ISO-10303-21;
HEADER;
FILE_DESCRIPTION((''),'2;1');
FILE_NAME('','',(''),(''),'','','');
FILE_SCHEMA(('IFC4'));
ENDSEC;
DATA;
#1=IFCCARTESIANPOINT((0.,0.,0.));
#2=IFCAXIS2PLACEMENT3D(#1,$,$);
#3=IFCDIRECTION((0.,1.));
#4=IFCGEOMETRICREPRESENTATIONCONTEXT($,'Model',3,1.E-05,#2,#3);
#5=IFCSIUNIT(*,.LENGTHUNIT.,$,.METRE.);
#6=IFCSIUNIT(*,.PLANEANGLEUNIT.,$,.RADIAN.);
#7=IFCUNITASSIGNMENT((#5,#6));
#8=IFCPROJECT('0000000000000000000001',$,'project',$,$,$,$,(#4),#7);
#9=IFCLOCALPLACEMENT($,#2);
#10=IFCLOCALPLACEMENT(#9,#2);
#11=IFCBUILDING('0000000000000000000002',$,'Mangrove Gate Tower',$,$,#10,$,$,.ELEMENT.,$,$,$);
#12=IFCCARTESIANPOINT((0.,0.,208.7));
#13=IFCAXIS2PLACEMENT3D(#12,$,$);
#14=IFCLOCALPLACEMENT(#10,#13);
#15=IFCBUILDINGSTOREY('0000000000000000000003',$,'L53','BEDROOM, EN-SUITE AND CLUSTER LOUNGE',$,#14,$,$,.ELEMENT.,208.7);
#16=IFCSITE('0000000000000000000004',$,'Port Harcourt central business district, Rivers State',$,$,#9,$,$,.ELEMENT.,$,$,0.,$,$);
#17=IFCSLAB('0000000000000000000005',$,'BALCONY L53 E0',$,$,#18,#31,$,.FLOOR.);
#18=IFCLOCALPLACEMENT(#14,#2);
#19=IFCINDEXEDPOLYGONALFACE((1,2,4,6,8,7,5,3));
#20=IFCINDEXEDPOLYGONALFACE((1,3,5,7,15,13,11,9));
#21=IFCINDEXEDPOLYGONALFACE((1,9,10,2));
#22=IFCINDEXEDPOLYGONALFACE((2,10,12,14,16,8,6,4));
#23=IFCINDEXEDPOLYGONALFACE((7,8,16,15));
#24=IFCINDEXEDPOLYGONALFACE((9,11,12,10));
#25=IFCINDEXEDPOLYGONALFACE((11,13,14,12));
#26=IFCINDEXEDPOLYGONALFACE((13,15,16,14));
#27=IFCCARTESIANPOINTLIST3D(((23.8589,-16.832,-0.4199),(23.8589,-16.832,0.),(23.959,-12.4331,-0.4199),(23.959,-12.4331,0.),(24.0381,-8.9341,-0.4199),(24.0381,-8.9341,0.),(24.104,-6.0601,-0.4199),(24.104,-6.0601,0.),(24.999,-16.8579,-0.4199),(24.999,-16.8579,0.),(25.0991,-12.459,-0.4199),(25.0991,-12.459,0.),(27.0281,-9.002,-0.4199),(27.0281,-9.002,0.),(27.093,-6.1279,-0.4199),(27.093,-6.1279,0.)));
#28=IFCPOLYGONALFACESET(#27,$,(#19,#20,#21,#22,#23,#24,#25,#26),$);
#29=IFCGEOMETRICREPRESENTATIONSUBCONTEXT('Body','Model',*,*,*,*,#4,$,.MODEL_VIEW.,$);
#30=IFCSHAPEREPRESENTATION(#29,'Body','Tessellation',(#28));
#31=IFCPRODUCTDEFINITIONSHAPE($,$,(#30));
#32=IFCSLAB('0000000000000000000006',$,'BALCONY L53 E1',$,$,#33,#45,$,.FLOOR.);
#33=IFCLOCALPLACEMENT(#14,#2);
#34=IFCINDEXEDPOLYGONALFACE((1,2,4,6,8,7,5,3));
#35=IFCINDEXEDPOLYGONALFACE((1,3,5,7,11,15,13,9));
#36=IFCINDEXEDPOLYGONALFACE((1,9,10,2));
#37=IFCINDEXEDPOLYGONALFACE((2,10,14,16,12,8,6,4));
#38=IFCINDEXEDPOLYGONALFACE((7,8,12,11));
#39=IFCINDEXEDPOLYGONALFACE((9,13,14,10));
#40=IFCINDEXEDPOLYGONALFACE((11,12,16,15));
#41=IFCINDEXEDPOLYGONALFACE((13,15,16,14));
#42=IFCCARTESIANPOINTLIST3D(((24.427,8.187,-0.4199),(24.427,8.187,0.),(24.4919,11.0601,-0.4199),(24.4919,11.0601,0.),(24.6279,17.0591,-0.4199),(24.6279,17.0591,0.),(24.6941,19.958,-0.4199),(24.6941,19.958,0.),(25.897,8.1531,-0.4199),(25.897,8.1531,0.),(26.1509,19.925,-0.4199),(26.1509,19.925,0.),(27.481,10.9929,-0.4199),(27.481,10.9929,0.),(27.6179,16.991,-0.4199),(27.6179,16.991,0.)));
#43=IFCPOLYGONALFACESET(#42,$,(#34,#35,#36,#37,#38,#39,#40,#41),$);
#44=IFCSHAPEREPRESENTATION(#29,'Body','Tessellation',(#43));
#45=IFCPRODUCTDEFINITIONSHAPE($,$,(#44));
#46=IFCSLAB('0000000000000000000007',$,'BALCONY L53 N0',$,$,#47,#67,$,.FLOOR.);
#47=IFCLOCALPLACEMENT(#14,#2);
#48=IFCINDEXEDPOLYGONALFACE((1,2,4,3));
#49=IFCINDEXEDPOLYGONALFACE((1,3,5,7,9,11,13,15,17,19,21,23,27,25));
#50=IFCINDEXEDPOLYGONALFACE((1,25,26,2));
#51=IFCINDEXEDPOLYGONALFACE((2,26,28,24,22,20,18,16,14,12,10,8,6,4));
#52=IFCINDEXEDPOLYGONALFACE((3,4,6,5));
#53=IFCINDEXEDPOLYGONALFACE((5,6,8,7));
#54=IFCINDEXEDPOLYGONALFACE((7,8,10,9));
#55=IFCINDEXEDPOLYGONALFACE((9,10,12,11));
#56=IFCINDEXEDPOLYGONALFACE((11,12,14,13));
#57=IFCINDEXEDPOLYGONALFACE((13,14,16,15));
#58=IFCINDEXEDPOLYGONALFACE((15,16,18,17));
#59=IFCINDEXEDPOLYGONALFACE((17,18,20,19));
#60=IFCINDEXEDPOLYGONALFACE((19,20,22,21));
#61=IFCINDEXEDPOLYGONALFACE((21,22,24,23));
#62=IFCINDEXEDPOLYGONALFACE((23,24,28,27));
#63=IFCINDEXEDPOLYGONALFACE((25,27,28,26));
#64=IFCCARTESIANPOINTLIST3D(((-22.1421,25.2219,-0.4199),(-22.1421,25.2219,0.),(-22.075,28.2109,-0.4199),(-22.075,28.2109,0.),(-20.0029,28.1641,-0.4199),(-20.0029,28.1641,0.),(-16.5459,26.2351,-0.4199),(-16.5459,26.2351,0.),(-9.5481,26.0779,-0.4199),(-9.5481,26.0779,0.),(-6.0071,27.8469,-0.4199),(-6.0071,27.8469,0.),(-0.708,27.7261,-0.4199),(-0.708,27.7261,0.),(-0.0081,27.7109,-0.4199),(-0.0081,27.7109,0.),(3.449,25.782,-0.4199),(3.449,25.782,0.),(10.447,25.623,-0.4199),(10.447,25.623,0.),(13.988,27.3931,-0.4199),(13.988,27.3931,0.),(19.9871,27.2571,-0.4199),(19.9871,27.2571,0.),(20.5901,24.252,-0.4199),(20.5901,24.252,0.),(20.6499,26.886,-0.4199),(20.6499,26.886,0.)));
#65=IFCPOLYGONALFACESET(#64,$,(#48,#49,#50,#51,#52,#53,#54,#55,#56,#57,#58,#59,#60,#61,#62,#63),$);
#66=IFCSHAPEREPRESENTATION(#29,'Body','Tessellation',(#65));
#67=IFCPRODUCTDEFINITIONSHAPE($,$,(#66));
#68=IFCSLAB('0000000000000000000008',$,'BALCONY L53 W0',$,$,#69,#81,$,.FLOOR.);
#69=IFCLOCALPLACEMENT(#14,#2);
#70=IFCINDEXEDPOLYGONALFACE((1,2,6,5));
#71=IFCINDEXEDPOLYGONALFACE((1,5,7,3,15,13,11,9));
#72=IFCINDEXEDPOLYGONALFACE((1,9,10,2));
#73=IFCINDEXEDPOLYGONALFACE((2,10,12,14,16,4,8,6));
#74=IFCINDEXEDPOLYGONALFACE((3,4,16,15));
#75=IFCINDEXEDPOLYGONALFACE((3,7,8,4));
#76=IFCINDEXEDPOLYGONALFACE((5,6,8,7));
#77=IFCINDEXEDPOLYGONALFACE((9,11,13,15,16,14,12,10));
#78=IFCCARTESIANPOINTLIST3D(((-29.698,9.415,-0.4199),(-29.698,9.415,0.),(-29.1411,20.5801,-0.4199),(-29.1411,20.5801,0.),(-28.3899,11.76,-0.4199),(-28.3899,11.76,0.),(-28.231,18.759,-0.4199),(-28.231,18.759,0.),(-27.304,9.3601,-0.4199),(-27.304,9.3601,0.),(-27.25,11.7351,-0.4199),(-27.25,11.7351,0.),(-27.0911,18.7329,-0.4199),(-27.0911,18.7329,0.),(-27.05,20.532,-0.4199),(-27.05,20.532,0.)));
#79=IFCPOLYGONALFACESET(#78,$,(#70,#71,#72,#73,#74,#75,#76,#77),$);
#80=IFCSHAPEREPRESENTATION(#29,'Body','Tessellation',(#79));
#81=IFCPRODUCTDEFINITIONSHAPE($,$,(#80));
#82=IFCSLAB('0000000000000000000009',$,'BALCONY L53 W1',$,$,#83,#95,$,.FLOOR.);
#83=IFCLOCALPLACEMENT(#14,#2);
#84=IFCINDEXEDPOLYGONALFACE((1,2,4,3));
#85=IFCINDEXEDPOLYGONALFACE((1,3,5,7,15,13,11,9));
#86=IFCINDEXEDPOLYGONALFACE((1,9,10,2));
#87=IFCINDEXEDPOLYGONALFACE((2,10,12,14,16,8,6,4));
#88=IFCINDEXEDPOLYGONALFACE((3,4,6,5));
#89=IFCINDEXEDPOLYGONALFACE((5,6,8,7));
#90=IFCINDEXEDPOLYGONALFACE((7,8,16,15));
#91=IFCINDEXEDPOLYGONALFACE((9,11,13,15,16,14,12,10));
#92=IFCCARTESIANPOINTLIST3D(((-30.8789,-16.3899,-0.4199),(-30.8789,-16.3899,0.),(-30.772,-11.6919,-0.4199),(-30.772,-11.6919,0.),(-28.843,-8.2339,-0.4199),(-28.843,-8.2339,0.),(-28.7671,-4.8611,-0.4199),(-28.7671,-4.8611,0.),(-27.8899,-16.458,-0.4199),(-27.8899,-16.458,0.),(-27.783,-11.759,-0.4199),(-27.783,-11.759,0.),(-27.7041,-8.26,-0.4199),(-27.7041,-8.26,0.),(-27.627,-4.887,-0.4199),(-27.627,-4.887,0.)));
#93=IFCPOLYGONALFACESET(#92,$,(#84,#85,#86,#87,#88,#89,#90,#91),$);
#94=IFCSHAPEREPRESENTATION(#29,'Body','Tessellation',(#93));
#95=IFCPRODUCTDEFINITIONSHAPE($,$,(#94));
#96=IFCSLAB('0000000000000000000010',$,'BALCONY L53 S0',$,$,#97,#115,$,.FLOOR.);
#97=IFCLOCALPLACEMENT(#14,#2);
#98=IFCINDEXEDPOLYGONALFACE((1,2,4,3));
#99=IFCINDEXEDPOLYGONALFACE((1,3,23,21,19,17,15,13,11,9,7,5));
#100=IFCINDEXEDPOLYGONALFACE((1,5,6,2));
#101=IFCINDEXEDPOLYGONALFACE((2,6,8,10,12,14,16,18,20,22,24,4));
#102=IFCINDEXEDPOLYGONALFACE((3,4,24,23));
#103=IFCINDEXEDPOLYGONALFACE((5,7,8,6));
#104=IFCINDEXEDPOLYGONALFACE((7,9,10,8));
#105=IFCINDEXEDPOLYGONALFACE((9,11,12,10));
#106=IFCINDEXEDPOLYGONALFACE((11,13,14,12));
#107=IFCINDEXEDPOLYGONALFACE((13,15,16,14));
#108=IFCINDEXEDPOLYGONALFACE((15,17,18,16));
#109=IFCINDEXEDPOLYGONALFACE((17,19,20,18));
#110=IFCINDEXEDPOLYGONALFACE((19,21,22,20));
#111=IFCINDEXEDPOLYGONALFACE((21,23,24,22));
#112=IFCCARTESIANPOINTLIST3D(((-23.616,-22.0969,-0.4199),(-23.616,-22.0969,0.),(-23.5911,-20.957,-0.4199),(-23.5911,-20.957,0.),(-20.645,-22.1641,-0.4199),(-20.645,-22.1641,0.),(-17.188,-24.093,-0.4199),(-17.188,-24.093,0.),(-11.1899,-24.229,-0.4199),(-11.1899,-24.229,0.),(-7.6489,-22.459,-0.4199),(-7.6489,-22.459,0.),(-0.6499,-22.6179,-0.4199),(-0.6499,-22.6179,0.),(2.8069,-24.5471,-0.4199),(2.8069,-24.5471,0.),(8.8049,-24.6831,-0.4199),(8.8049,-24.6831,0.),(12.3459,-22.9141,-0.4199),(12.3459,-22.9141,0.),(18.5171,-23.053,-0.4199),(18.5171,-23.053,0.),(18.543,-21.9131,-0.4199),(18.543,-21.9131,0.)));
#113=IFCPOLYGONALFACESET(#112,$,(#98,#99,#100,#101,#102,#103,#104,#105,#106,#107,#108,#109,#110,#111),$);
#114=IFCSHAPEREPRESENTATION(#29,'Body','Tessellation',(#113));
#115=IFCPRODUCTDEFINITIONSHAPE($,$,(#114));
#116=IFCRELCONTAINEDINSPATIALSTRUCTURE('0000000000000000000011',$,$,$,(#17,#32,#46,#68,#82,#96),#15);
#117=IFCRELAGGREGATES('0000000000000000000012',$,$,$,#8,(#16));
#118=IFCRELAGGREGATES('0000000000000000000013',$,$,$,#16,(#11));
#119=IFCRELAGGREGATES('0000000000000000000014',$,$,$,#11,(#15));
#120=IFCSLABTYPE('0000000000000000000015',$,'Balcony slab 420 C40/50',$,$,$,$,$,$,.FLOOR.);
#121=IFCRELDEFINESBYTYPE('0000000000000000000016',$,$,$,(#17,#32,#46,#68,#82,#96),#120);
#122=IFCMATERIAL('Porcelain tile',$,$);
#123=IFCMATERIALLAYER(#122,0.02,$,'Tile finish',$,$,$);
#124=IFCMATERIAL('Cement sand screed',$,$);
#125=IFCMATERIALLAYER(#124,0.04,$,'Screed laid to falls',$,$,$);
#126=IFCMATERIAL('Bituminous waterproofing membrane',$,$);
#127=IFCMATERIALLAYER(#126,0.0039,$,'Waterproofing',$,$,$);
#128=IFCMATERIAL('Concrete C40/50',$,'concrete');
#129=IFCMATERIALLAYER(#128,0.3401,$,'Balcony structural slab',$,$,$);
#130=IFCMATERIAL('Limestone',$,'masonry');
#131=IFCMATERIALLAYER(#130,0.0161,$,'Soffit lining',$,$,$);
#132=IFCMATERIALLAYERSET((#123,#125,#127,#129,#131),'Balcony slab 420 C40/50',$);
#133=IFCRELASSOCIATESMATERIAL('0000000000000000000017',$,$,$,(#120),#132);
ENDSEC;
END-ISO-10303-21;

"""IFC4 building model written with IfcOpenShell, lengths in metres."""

from ifc_helpers import new_model, si_unit, direction, frame, origin, place, context, subcontext, project, spatial, polyline, outline, extrude, material, layer, layer_set, type_object, element, save


model = new_model("IFC4")

# Units and contexts
model_context = context("Model", 3, precision=1e-05, world=origin(), true_north=direction((0.0, 1.0)))
body_context = subcontext(model_context, "Body", "Model", "MODEL_VIEW")
ifc_project = project(units=[si_unit("LENGTHUNIT", "METRE"), si_unit("PLANEANGLEUNIT", "RADIAN")], contexts=[model_context])

# Site, building, storey
site_placement = place(None, origin())
site = spatial("IfcSite", under=ifc_project, at=site_placement, Name="Port Harcourt central business district, Rivers State", CompositionType="ELEMENT", RefElevation=0.0)
building_placement = place(site_placement, origin())
building = spatial("IfcBuilding", under=site, at=building_placement, Name="Mangrove Gate Tower", CompositionType="ELEMENT")
storey_placement = place(building_placement, frame((0.0, 0.0, 208.7)))
storey = spatial("IfcBuildingStorey", under=building, at=storey_placement, Name="L53", Description="BEDROOM, EN-SUITE AND CLUSTER LOUNGE", CompositionType="ELEMENT", Elevation=208.7)

# Slabs
ifc_material_1 = material(Name="Porcelain tile")
ifc_layer_1 = layer(ifc_material_1, 0.02, Name="Tile finish")
ifc_material_2 = material(Name="Cement sand screed")
ifc_layer_2 = layer(ifc_material_2, 0.04, Name="Screed laid to falls")
ifc_material_3 = material(Name="Bituminous waterproofing membrane")
ifc_layer_3 = layer(ifc_material_3, 0.0039, Name="Waterproofing")
ifc_material_4 = material(Name="Concrete C40/50", Category="concrete")
ifc_layer_4 = layer(ifc_material_4, 0.3401, Name="Balcony structural slab")
ifc_material_5 = material(Name="Limestone", Category="masonry")
ifc_layer_5 = layer(ifc_material_5, 0.0161, Name="Soffit lining")
ifc_layer_set_1 = layer_set([ifc_layer_1, ifc_layer_2, ifc_layer_3, ifc_layer_4, ifc_layer_5], Name="Balcony slab 420 C40/50")
slab_type_1 = type_object("IfcSlabType", Name="Balcony slab 420 C40/50", PredefinedType="FLOOR", material=ifc_layer_set_1)
slab_1_placement = place(storey_placement, frame((0.0, 0.0, -0.4199)))
element("IfcSlab", 1, at=slab_1_placement, inside=storey, type_object=slab_type_1, Name="BALCONY L53 E0", PredefinedType="FLOOR", context=body_context, shape_type="SweptSolid", body=[
    extrude(outline(polyline([(24.999, -16.8579), (25.0991, -12.459), (27.0281, -9.002), (27.093, -6.1279), (24.104, -6.0601), (24.0381, -8.9341), (23.959, -12.4331), (23.8589, -16.832), (24.999, -16.8579)])), origin(), (0.0, 0.0, 1.0), 0.4199),
])
slab_2_placement = place(storey_placement, frame((0.0, 0.0, -0.4199)))
element("IfcSlab", 2, at=slab_2_placement, inside=storey, type_object=slab_type_1, Name="BALCONY L53 E1", PredefinedType="FLOOR", context=body_context, shape_type="SweptSolid", body=[
    extrude(outline(polyline([(25.897, 8.1531), (27.481, 10.9929), (27.6179, 16.991), (26.1509, 19.925), (24.6941, 19.958), (24.6279, 17.0591), (24.4919, 11.0601), (24.427, 8.187), (25.897, 8.1531)])), origin(), (0.0, 0.0, 1.0), 0.4199),
])
slab_3_placement = place(storey_placement, frame((0.0, 0.0, -0.4199)))
element("IfcSlab", 3, at=slab_3_placement, inside=storey, type_object=slab_type_1, Name="BALCONY L53 N0", PredefinedType="FLOOR", context=body_context, shape_type="SweptSolid", body=[
    extrude(outline(polyline([(20.6499, 26.886), (19.9871, 27.2571), (13.988, 27.3931), (10.447, 25.623), (3.449, 25.782), (-0.0081, 27.7109), (-0.708, 27.7261), (-6.0071, 27.8469), (-9.5481, 26.0779), (-16.5459, 26.2351), (-20.0029, 28.1641), (-22.075, 28.2109), (-22.1421, 25.2219), (20.5901, 24.252), (20.6499, 26.886)])), origin(), (0.0, 0.0, 1.0), 0.4199),
])
slab_4_placement = place(storey_placement, frame((0.0, 0.0, -0.4199)))
element("IfcSlab", 4, at=slab_4_placement, inside=storey, type_object=slab_type_1, Name="BALCONY L53 W0", PredefinedType="FLOOR", context=body_context, shape_type="SweptSolid", body=[
    extrude(outline(polyline([(-29.1411, 20.5801), (-28.231, 18.759), (-28.3899, 11.76), (-29.698, 9.415), (-27.304, 9.3601), (-27.25, 11.7351), (-27.0911, 18.7329), (-27.05, 20.532), (-29.1411, 20.5801)])), origin(), (0.0, 0.0, 1.0), 0.4199),
])
slab_5_placement = place(storey_placement, frame((0.0, 0.0, -0.4199)))
element("IfcSlab", 5, at=slab_5_placement, inside=storey, type_object=slab_type_1, Name="BALCONY L53 W1", PredefinedType="FLOOR", context=body_context, shape_type="SweptSolid", body=[
    extrude(outline(polyline([(-28.7671, -4.8611), (-28.843, -8.2339), (-30.772, -11.6919), (-30.8789, -16.3899), (-27.8899, -16.458), (-27.783, -11.759), (-27.7041, -8.26), (-27.627, -4.887), (-28.7671, -4.8611)])), origin(), (0.0, 0.0, 1.0), 0.4199),
])
slab_6_placement = place(storey_placement, frame((0.0, 0.0, -0.4199)))
element("IfcSlab", 6, at=slab_6_placement, inside=storey, type_object=slab_type_1, Name="BALCONY L53 S0", PredefinedType="FLOOR", context=body_context, shape_type="SweptSolid", body=[
    extrude(outline(polyline([(-23.616, -22.0969), (-20.645, -22.1641), (-17.188, -24.093), (-11.1899, -24.229), (-7.6489, -22.459), (-0.6499, -22.6179), (2.8069, -24.5471), (8.8049, -24.6831), (12.3459, -22.9141), (18.5171, -23.053), (18.543, -21.9131), (-23.5911, -20.957), (-23.616, -22.0969)])), origin(), (0.0, 0.0, 1.0), 0.4199),
])

save(model, "model.ifc")
